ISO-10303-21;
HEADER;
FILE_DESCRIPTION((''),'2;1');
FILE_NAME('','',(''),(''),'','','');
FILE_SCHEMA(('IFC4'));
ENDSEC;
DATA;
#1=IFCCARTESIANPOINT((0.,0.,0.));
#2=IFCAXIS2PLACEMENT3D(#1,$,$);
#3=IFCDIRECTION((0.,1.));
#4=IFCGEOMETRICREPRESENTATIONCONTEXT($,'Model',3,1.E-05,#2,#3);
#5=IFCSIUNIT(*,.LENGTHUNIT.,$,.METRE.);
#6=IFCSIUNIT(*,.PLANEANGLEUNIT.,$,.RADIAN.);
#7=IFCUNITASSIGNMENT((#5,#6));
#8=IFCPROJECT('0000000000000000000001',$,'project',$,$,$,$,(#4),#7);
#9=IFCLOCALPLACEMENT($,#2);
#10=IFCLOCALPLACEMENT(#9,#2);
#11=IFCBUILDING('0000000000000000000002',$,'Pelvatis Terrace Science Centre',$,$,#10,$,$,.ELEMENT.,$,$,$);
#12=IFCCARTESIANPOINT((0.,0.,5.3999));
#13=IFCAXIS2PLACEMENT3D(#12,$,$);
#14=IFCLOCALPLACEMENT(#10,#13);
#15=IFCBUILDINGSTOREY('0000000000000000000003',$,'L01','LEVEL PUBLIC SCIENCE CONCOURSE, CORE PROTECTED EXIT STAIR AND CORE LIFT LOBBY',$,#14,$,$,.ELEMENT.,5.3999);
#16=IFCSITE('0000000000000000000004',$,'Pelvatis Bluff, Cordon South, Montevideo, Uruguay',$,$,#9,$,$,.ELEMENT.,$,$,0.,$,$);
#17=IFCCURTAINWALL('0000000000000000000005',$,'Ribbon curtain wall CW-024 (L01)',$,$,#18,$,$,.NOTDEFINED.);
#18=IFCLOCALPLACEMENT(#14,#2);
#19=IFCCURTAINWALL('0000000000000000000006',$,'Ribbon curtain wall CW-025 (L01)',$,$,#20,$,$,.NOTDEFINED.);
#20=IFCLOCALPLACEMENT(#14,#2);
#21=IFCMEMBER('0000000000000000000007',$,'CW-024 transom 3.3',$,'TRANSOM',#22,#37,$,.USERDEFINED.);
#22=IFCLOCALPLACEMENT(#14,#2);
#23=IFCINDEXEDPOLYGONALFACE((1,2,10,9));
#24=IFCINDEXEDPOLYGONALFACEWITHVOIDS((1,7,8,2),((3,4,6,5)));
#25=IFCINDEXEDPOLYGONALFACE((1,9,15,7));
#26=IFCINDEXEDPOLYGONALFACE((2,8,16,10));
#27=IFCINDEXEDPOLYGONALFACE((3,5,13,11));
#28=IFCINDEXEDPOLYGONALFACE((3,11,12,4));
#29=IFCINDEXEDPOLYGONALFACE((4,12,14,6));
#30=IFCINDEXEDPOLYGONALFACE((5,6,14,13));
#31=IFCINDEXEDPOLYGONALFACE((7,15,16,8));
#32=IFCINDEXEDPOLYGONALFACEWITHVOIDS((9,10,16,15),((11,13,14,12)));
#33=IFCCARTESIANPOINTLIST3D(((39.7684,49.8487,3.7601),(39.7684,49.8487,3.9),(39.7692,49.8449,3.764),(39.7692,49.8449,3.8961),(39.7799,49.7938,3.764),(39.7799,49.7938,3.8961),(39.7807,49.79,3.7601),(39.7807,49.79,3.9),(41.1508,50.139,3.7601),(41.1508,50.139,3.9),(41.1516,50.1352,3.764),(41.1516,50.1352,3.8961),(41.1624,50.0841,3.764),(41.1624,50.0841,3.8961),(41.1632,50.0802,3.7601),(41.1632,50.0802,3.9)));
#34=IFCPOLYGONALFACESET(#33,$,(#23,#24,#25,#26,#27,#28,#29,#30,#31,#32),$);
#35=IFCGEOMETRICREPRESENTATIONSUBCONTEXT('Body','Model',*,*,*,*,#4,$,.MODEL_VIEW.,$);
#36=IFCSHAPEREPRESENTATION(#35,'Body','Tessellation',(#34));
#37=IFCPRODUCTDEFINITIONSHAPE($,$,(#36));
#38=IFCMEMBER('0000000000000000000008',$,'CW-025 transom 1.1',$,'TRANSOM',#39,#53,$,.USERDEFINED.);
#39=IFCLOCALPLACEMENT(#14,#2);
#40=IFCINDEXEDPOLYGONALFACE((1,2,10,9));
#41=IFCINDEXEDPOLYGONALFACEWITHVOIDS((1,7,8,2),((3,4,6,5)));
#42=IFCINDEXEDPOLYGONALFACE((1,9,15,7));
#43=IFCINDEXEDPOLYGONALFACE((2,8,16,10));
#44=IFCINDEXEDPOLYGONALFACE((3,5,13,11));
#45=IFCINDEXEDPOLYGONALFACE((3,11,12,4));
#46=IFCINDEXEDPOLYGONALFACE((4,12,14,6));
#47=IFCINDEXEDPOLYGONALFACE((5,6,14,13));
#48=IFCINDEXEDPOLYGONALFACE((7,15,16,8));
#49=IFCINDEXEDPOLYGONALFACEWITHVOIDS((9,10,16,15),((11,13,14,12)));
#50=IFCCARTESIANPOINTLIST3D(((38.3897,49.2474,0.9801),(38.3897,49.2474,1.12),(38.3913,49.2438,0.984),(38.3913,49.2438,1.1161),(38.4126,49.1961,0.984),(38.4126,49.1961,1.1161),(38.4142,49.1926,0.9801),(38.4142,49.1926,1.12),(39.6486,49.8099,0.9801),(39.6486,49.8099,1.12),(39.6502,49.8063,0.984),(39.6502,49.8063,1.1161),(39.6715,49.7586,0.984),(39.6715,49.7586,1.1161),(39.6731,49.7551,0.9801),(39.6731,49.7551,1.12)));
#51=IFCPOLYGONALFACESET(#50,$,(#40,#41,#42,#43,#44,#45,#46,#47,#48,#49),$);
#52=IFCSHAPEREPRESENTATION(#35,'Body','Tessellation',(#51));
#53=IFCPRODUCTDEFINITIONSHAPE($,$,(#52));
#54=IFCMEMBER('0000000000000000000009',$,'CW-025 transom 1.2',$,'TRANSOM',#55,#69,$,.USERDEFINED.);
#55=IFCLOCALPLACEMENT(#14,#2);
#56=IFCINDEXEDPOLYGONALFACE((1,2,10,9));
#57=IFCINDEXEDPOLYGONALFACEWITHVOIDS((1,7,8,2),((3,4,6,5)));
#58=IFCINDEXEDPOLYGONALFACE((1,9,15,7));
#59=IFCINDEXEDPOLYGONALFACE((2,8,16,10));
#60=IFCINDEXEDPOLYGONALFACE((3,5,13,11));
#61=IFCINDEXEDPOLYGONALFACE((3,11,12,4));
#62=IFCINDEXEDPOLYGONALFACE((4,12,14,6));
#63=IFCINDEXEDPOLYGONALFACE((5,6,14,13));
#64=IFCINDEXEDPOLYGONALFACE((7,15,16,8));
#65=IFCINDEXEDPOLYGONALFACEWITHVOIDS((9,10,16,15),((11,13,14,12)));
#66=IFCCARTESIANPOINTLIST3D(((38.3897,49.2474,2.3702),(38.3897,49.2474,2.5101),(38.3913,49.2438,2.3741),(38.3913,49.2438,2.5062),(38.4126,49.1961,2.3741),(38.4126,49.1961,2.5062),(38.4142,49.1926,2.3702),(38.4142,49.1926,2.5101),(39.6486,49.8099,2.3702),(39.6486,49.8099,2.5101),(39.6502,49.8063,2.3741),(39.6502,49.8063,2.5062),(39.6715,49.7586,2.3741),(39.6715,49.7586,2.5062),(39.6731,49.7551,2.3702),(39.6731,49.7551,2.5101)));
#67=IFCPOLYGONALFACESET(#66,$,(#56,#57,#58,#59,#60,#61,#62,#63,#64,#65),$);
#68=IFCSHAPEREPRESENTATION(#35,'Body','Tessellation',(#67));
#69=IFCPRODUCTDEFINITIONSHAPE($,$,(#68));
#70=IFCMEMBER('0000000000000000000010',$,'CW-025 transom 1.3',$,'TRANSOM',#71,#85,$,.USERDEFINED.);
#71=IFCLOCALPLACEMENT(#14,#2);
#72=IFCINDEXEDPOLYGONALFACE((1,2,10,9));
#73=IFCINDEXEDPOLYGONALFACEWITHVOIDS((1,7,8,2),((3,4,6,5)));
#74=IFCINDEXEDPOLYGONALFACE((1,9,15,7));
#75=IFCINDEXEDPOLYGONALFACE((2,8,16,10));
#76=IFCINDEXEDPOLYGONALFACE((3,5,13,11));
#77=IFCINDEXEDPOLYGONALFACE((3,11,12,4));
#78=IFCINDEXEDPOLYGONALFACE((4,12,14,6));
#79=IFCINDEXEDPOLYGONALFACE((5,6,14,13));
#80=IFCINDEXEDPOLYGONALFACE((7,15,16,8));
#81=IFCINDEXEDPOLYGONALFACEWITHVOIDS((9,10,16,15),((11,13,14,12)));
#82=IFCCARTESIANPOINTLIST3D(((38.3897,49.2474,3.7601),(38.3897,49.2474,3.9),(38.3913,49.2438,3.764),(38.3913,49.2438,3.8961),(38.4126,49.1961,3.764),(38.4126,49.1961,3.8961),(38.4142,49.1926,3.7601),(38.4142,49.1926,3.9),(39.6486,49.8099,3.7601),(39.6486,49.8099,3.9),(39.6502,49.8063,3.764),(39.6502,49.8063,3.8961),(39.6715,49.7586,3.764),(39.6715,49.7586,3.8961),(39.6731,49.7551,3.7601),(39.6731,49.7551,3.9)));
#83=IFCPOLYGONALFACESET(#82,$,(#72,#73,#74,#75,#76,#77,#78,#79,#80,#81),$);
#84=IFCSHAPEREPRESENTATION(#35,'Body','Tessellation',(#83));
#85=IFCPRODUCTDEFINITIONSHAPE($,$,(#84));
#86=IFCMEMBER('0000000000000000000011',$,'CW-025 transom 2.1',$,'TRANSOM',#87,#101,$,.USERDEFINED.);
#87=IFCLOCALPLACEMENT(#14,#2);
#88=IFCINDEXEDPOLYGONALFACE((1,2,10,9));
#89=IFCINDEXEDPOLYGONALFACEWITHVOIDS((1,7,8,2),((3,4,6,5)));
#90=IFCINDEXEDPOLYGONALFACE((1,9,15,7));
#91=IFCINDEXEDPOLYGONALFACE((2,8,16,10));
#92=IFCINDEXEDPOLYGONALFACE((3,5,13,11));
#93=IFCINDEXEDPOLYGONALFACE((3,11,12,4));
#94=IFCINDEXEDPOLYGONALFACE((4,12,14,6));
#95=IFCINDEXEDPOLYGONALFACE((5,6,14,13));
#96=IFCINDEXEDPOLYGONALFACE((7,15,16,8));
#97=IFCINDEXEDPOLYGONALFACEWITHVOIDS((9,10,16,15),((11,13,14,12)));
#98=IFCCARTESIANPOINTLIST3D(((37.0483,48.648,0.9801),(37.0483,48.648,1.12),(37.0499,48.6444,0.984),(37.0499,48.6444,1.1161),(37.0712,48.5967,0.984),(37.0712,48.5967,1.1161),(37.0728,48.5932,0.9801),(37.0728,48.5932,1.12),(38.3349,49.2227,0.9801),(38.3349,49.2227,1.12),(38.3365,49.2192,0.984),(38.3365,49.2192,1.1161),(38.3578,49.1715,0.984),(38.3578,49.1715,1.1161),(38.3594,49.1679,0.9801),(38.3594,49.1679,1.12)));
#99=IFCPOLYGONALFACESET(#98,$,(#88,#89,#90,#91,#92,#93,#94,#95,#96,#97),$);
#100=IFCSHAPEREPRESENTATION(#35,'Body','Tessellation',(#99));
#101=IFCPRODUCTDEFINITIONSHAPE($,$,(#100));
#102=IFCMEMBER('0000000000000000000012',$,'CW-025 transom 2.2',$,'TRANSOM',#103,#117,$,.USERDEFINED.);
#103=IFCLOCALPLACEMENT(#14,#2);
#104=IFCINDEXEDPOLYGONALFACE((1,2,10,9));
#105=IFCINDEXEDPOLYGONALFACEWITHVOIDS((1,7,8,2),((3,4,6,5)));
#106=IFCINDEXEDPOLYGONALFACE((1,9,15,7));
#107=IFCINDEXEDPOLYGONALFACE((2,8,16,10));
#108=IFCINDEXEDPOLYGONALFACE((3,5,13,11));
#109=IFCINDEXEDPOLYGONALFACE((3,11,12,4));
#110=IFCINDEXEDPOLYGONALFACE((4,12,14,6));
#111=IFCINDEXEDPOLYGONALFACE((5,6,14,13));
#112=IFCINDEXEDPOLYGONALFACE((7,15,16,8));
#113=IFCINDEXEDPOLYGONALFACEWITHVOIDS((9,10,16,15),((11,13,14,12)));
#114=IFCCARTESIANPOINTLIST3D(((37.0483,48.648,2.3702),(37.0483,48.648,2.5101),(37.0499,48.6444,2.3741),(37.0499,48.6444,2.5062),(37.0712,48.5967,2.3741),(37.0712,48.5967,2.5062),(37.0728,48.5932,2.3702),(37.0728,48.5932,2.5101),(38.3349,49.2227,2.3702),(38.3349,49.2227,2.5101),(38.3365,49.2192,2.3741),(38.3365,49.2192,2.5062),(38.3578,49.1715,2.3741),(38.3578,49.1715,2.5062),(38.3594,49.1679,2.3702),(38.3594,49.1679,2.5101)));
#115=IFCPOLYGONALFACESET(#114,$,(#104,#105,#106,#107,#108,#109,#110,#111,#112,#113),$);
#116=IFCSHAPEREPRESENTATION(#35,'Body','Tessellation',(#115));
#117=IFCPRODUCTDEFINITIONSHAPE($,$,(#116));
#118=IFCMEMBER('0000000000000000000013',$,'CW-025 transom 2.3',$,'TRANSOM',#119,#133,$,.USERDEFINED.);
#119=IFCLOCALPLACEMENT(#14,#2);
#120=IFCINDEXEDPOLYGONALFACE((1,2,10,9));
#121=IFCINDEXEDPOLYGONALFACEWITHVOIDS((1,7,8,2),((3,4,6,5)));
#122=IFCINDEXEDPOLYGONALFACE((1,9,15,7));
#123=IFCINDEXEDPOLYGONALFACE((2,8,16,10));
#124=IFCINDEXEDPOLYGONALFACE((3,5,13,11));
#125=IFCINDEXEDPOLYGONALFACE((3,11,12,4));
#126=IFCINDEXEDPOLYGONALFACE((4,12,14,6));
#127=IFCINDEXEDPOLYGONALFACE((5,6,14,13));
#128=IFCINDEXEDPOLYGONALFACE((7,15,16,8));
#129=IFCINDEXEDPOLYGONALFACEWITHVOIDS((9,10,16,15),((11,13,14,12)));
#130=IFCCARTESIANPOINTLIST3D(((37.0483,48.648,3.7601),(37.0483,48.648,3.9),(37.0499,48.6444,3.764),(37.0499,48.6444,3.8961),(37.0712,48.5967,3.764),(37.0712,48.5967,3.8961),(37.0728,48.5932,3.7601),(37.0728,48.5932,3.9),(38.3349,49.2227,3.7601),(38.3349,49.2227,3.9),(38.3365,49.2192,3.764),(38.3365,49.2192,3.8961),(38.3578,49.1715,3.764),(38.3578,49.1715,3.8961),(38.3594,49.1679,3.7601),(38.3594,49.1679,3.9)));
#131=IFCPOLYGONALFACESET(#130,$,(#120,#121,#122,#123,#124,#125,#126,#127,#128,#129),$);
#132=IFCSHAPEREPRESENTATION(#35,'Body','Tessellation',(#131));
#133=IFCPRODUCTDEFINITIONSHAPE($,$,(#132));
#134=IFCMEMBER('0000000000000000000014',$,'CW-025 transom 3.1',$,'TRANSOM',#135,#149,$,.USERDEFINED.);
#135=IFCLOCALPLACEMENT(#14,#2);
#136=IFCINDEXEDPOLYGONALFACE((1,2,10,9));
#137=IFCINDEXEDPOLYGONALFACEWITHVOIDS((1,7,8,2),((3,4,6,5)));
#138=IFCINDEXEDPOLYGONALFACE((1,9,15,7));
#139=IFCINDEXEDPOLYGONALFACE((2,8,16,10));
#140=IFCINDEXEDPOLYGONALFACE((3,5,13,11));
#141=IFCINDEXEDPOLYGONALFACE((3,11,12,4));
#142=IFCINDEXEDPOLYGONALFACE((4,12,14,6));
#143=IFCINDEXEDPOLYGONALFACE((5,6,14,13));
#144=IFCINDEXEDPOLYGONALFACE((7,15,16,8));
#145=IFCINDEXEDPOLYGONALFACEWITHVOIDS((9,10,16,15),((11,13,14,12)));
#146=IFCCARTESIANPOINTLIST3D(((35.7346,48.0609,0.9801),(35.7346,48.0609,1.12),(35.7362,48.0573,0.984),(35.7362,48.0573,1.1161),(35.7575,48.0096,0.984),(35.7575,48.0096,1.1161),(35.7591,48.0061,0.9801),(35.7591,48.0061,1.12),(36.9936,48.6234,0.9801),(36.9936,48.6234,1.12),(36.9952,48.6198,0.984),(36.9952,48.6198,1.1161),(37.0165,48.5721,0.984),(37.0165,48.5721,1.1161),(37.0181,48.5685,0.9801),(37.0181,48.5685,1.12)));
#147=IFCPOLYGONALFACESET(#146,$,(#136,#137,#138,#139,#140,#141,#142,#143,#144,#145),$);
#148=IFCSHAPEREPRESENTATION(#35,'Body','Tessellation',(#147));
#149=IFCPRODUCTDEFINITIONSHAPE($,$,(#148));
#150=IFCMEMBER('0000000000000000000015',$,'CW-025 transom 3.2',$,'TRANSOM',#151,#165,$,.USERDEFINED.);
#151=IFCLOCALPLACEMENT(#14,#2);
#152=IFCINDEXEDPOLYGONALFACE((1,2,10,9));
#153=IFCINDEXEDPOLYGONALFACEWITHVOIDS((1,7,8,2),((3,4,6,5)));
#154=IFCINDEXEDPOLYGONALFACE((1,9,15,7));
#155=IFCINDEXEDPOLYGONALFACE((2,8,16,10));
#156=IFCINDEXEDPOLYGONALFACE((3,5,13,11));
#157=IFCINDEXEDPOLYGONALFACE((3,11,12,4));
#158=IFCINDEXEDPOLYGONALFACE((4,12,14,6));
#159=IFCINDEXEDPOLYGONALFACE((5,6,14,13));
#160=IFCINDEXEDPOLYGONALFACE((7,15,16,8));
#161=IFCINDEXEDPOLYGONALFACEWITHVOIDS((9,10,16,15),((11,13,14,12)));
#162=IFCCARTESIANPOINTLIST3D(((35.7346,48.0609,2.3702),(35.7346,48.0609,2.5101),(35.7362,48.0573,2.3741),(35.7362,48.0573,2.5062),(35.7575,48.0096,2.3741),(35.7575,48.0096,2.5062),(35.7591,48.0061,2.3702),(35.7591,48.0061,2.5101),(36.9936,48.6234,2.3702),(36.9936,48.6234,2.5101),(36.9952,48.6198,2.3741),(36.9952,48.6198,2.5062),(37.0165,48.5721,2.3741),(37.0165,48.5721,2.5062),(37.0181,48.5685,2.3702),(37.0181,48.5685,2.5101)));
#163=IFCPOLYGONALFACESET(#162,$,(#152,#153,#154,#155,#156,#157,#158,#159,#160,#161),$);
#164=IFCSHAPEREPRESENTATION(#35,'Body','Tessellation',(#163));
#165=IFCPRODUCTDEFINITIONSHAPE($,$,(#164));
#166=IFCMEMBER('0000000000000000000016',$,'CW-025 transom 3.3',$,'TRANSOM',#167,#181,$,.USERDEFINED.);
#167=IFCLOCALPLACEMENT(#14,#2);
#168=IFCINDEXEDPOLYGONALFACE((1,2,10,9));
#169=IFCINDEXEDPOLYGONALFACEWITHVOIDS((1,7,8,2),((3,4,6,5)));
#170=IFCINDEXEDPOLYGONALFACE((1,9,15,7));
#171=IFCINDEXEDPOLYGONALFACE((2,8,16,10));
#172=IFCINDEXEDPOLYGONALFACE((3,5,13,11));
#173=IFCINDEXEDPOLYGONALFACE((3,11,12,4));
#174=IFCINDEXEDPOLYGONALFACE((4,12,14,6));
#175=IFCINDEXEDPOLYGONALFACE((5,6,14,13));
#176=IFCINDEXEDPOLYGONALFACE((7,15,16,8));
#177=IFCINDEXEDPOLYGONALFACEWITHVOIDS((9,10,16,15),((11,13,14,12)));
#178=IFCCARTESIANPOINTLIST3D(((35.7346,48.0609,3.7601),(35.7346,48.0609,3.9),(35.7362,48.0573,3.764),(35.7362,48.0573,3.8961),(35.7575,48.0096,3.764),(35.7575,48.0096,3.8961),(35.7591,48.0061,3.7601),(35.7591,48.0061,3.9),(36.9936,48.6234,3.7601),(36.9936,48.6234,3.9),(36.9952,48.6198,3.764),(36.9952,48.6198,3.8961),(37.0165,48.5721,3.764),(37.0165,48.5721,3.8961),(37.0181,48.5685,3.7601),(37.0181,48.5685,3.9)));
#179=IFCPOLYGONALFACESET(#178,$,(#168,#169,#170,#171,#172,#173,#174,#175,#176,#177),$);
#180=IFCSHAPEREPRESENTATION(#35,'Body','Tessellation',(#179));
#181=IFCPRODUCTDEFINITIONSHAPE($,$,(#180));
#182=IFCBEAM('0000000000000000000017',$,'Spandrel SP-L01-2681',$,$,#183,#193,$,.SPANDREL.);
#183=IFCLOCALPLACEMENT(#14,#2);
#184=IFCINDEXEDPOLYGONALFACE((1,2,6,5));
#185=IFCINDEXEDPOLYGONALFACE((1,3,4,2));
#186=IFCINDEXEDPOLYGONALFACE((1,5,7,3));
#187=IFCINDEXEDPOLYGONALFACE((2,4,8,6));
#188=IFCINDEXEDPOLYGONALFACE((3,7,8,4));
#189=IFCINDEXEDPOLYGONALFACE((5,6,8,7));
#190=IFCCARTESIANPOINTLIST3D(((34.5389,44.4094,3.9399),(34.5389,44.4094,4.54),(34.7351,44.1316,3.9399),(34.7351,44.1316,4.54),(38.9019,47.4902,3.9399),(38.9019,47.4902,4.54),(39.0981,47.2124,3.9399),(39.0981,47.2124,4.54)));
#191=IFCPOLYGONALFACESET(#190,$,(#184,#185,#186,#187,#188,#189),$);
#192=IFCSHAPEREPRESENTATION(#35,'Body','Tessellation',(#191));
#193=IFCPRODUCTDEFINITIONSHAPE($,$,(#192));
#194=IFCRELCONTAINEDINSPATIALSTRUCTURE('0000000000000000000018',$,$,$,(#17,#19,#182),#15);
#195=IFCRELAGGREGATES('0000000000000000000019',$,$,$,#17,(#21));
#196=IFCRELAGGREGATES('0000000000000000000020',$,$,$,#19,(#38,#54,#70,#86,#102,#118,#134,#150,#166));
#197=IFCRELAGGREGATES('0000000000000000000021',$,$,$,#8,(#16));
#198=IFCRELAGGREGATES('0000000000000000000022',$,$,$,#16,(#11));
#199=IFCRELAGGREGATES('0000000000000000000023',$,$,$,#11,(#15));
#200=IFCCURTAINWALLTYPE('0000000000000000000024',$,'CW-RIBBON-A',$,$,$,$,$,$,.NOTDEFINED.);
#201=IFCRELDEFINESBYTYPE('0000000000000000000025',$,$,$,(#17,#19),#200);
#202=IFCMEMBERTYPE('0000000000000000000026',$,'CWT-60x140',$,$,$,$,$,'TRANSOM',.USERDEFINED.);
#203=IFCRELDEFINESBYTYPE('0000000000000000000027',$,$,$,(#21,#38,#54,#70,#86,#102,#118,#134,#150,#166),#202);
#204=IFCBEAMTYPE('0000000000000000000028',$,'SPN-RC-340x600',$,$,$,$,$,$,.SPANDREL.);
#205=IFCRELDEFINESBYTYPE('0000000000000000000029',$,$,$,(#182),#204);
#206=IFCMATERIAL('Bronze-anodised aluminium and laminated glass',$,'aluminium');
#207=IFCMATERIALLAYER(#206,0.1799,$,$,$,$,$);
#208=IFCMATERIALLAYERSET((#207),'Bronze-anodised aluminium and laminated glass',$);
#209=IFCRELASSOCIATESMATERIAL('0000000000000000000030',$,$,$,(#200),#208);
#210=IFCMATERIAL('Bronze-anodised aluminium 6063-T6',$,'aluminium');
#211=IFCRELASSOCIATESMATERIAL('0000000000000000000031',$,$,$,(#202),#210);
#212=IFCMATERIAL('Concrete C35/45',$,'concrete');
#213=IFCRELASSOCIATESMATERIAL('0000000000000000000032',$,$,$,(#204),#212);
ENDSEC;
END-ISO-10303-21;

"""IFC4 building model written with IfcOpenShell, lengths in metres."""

from ifc_helpers import new_model, si_unit, direction, frame, origin, origin_2d, place, context, subcontext, project, spatial, rectangle, hollow_rectangle, extrude, material, layer, layer_set, material_profile, profile_set, type_object, element, aggregate, save


model = new_model("IFC4")

# Units and contexts
model_context = context("Model", 3, precision=1e-05, world=origin(), true_north=direction((0.0, 1.0)))
body_context = subcontext(model_context, "Body", "Model", "MODEL_VIEW")
ifc_project = project(units=[si_unit("LENGTHUNIT", "METRE"), si_unit("PLANEANGLEUNIT", "RADIAN")], contexts=[model_context])

# Site, building, storey
site_placement = place(None, origin())
site = spatial("IfcSite", under=ifc_project, at=site_placement, Name="Pelvatis Bluff, Cordon South, Montevideo, Uruguay", CompositionType="ELEMENT", RefElevation=0.0)
building_placement = place(site_placement, origin())
building = spatial("IfcBuilding", under=site, at=building_placement, Name="Pelvatis Terrace Science Centre", CompositionType="ELEMENT")
storey_placement = place(building_placement, frame((0.0, 0.0, 5.3999)))
storey = spatial("IfcBuildingStorey", under=building, at=storey_placement, Name="L01", Description="LEVEL PUBLIC SCIENCE CONCOURSE, CORE PROTECTED EXIT STAIR AND CORE LIFT LOBBY", CompositionType="ELEMENT", Elevation=5.3999)

# Curtain walls
ifc_material_1 = material(Name="Bronze-anodised aluminium and laminated glass", Category="aluminium")
ifc_layer_1 = layer(ifc_material_1, 0.1799)
ifc_layer_set_1 = layer_set([ifc_layer_1], Name="Bronze-anodised aluminium and laminated glass")
curtain_wall_type = type_object("IfcCurtainWallType", Name="CW-RIBBON-A", PredefinedType="NOTDEFINED", material=ifc_layer_set_1)
curtain_wall_1_placement = place(storey_placement, origin())
curtain_wall_1 = element("IfcCurtainWall", 1, at=curtain_wall_1_placement, inside=storey, type_object=curtain_wall_type, Name="Ribbon curtain wall CW-024 (L01)", PredefinedType="NOTDEFINED")
curtain_wall_2_placement = place(storey_placement, origin())
curtain_wall_2 = element("IfcCurtainWall", 2, at=curtain_wall_2_placement, inside=storey, type_object=curtain_wall_type, Name="Ribbon curtain wall CW-025 (L01)", PredefinedType="NOTDEFINED")

# Members
ifc_material_2 = material(Name="Bronze-anodised aluminium 6063-T6", Category="aluminium")
ifc_material_profile_1 = material_profile(ifc_material_2, hollow_rectangle(XDim=0.0601, YDim=0.1399, WallThickness=0.0039, at=origin_2d()), Name="ALU-TRN 60x140")
ifc_profile_set_1 = profile_set([ifc_material_profile_1], Name="Bronze-anodised aluminium 6063-T6")
member_type_1 = type_object("IfcMemberType", Name="CWT-60x140", ElementType="TRANSOM", PredefinedType="USERDEFINED", material=ifc_profile_set_1)
member_1_placement = place(storey_placement, frame((41.157, 50.1096, 3.8301), z_axis=(-0.978661, -0.205479, 0.0), x_axis=(0.205479, -0.978661, 0.0)))
member_1 = element("IfcMember", 3, at=member_1_placement, type_object=member_type_1, Name="CW-024 transom 3.3", ObjectType="TRANSOM", PredefinedType="USERDEFINED", context=body_context, shape_type="SweptSolid", body=[
    extrude(hollow_rectangle(XDim=0.0601, YDim=0.1399, WallThickness=0.0039, at=origin_2d()), origin(), (0.0, 0.0, 1.0), 1.4126),
])
member_2_placement = place(storey_placement, frame((39.6609, 49.7825, 1.05), z_axis=(-0.913021, -0.407912, 0.0), x_axis=(0.407912, -0.913021, 0.0)))
member_2 = element("IfcMember", 4, at=member_2_placement, type_object=member_type_1, Name="CW-025 transom 1.1", ObjectType="TRANSOM", PredefinedType="USERDEFINED", context=body_context, shape_type="SweptSolid", body=[
    extrude(hollow_rectangle(XDim=0.0601, YDim=0.1399, WallThickness=0.0039, at=origin_2d()), origin(), (0.0, 0.0, 1.0), 1.3789),
])
member_3_placement = place(storey_placement, frame((39.6609, 49.7825, 2.4402), z_axis=(-0.913021, -0.407912, 0.0), x_axis=(0.407912, -0.913021, 0.0)))
member_3 = element("IfcMember", 5, at=member_3_placement, type_object=member_type_1, Name="CW-025 transom 1.2", ObjectType="TRANSOM", PredefinedType="USERDEFINED", context=body_context, shape_type="SweptSolid", body=[
    extrude(hollow_rectangle(XDim=0.0601, YDim=0.1399, WallThickness=0.0039, at=origin_2d()), origin(), (0.0, 0.0, 1.0), 1.3789),
])
member_4_placement = place(storey_placement, frame((39.6609, 49.7825, 3.8301), z_axis=(-0.913021, -0.407912, 0.0), x_axis=(0.407912, -0.913021, 0.0)))
member_4 = element("IfcMember", 6, at=member_4_placement, type_object=member_type_1, Name="CW-025 transom 1.3", ObjectType="TRANSOM", PredefinedType="USERDEFINED", context=body_context, shape_type="SweptSolid", body=[
    extrude(hollow_rectangle(XDim=0.0601, YDim=0.1399, WallThickness=0.0039, at=origin_2d()), origin(), (0.0, 0.0, 1.0), 1.3789),
])
member_5_placement = place(storey_placement, frame((38.3472, 49.1953, 1.05), z_axis=(-0.913053, -0.407842, 0.0), x_axis=(0.407842, -0.913053, 0.0)))
member_5 = element("IfcMember", 7, at=member_5_placement, type_object=member_type_1, Name="CW-025 transom 2.1", ObjectType="TRANSOM", PredefinedType="USERDEFINED", context=body_context, shape_type="SweptSolid", body=[
    extrude(hollow_rectangle(XDim=0.0601, YDim=0.1399, WallThickness=0.0039, at=origin_2d()), origin(), (0.0, 0.0, 1.0), 1.4092),
])
member_6_placement = place(storey_placement, frame((38.3472, 49.1953, 2.4402), z_axis=(-0.913053, -0.407842, 0.0), x_axis=(0.407842, -0.913053, 0.0)))
member_6 = element("IfcMember", 8, at=member_6_placement, type_object=member_type_1, Name="CW-025 transom 2.2", ObjectType="TRANSOM", PredefinedType="USERDEFINED", context=body_context, shape_type="SweptSolid", body=[
    extrude(hollow_rectangle(XDim=0.0601, YDim=0.1399, WallThickness=0.0039, at=origin_2d()), origin(), (0.0, 0.0, 1.0), 1.4092),
])
member_7_placement = place(storey_placement, frame((38.3472, 49.1953, 3.8301), z_axis=(-0.913053, -0.407842, 0.0), x_axis=(0.407842, -0.913053, 0.0)))
member_7 = element("IfcMember", 9, at=member_7_placement, type_object=member_type_1, Name="CW-025 transom 2.3", ObjectType="TRANSOM", PredefinedType="USERDEFINED", context=body_context, shape_type="SweptSolid", body=[
    extrude(hollow_rectangle(XDim=0.0601, YDim=0.1399, WallThickness=0.0039, at=origin_2d()), origin(), (0.0, 0.0, 1.0), 1.4092),
])
member_8_placement = place(storey_placement, frame((37.0059, 48.5959, 1.05), z_axis=(-0.913021, -0.407912, 0.0), x_axis=(0.407912, -0.913021, 0.0)))
member_8 = element("IfcMember", 10, at=member_8_placement, type_object=member_type_1, Name="CW-025 transom 3.1", ObjectType="TRANSOM", PredefinedType="USERDEFINED", context=body_context, shape_type="SweptSolid", body=[
    extrude(hollow_rectangle(XDim=0.0601, YDim=0.1399, WallThickness=0.0039, at=origin_2d()), origin(), (0.0, 0.0, 1.0), 1.3789),
])
member_9_placement = place(storey_placement, frame((37.0059, 48.5959, 2.4402), z_axis=(-0.913021, -0.407912, 0.0), x_axis=(0.407912, -0.913021, 0.0)))
member_9 = element("IfcMember", 11, at=member_9_placement, type_object=member_type_1, Name="CW-025 transom 3.2", ObjectType="TRANSOM", PredefinedType="USERDEFINED", context=body_context, shape_type="SweptSolid", body=[
    extrude(hollow_rectangle(XDim=0.0601, YDim=0.1399, WallThickness=0.0039, at=origin_2d()), origin(), (0.0, 0.0, 1.0), 1.3789),
])
member_10_placement = place(storey_placement, frame((37.0059, 48.5959, 3.8301), z_axis=(-0.913021, -0.407912, 0.0), x_axis=(0.407912, -0.913021, 0.0)))
member_10 = element("IfcMember", 12, at=member_10_placement, type_object=member_type_1, Name="CW-025 transom 3.3", ObjectType="TRANSOM", PredefinedType="USERDEFINED", context=body_context, shape_type="SweptSolid", body=[
    extrude(hollow_rectangle(XDim=0.0601, YDim=0.1399, WallThickness=0.0039, at=origin_2d()), origin(), (0.0, 0.0, 1.0), 1.3789),
])

# Beam
ifc_material_3 = material(Name="Concrete C35/45", Category="concrete")
ifc_material_profile_2 = material_profile(ifc_material_3, rectangle(XDim=0.3401, YDim=0.6001, at=origin_2d()), Name="RC-SPN 340x600")
ifc_profile_set_2 = profile_set([ifc_material_profile_2], Name="Concrete C35/45")
beam_type = type_object("IfcBeamType", Name="SPN-RC-340x600", PredefinedType="SPANDREL", material=ifc_profile_set_2)
beam_1_placement = place(storey_placement, frame((39.0, 47.3513, 4.24), z_axis=(-0.816878, -0.576811, 0.0), x_axis=(0.576811, -0.816878, 0.0)))
element("IfcBeam", 13, at=beam_1_placement, inside=storey, type_object=beam_type, Name="Spandrel SP-L01-2681", PredefinedType="SPANDREL", context=body_context, shape_type="SweptSolid", body=[
    extrude(rectangle(XDim=0.3401, YDim=0.6001, at=origin_2d()), origin(), (0.0, 0.0, 1.0), 5.3411),
])

aggregate(curtain_wall_1, [member_1])
aggregate(curtain_wall_2, [member_2, member_3, member_4, member_5, member_6, member_7, member_8, member_9, member_10])

save(model, "model.ifc")
